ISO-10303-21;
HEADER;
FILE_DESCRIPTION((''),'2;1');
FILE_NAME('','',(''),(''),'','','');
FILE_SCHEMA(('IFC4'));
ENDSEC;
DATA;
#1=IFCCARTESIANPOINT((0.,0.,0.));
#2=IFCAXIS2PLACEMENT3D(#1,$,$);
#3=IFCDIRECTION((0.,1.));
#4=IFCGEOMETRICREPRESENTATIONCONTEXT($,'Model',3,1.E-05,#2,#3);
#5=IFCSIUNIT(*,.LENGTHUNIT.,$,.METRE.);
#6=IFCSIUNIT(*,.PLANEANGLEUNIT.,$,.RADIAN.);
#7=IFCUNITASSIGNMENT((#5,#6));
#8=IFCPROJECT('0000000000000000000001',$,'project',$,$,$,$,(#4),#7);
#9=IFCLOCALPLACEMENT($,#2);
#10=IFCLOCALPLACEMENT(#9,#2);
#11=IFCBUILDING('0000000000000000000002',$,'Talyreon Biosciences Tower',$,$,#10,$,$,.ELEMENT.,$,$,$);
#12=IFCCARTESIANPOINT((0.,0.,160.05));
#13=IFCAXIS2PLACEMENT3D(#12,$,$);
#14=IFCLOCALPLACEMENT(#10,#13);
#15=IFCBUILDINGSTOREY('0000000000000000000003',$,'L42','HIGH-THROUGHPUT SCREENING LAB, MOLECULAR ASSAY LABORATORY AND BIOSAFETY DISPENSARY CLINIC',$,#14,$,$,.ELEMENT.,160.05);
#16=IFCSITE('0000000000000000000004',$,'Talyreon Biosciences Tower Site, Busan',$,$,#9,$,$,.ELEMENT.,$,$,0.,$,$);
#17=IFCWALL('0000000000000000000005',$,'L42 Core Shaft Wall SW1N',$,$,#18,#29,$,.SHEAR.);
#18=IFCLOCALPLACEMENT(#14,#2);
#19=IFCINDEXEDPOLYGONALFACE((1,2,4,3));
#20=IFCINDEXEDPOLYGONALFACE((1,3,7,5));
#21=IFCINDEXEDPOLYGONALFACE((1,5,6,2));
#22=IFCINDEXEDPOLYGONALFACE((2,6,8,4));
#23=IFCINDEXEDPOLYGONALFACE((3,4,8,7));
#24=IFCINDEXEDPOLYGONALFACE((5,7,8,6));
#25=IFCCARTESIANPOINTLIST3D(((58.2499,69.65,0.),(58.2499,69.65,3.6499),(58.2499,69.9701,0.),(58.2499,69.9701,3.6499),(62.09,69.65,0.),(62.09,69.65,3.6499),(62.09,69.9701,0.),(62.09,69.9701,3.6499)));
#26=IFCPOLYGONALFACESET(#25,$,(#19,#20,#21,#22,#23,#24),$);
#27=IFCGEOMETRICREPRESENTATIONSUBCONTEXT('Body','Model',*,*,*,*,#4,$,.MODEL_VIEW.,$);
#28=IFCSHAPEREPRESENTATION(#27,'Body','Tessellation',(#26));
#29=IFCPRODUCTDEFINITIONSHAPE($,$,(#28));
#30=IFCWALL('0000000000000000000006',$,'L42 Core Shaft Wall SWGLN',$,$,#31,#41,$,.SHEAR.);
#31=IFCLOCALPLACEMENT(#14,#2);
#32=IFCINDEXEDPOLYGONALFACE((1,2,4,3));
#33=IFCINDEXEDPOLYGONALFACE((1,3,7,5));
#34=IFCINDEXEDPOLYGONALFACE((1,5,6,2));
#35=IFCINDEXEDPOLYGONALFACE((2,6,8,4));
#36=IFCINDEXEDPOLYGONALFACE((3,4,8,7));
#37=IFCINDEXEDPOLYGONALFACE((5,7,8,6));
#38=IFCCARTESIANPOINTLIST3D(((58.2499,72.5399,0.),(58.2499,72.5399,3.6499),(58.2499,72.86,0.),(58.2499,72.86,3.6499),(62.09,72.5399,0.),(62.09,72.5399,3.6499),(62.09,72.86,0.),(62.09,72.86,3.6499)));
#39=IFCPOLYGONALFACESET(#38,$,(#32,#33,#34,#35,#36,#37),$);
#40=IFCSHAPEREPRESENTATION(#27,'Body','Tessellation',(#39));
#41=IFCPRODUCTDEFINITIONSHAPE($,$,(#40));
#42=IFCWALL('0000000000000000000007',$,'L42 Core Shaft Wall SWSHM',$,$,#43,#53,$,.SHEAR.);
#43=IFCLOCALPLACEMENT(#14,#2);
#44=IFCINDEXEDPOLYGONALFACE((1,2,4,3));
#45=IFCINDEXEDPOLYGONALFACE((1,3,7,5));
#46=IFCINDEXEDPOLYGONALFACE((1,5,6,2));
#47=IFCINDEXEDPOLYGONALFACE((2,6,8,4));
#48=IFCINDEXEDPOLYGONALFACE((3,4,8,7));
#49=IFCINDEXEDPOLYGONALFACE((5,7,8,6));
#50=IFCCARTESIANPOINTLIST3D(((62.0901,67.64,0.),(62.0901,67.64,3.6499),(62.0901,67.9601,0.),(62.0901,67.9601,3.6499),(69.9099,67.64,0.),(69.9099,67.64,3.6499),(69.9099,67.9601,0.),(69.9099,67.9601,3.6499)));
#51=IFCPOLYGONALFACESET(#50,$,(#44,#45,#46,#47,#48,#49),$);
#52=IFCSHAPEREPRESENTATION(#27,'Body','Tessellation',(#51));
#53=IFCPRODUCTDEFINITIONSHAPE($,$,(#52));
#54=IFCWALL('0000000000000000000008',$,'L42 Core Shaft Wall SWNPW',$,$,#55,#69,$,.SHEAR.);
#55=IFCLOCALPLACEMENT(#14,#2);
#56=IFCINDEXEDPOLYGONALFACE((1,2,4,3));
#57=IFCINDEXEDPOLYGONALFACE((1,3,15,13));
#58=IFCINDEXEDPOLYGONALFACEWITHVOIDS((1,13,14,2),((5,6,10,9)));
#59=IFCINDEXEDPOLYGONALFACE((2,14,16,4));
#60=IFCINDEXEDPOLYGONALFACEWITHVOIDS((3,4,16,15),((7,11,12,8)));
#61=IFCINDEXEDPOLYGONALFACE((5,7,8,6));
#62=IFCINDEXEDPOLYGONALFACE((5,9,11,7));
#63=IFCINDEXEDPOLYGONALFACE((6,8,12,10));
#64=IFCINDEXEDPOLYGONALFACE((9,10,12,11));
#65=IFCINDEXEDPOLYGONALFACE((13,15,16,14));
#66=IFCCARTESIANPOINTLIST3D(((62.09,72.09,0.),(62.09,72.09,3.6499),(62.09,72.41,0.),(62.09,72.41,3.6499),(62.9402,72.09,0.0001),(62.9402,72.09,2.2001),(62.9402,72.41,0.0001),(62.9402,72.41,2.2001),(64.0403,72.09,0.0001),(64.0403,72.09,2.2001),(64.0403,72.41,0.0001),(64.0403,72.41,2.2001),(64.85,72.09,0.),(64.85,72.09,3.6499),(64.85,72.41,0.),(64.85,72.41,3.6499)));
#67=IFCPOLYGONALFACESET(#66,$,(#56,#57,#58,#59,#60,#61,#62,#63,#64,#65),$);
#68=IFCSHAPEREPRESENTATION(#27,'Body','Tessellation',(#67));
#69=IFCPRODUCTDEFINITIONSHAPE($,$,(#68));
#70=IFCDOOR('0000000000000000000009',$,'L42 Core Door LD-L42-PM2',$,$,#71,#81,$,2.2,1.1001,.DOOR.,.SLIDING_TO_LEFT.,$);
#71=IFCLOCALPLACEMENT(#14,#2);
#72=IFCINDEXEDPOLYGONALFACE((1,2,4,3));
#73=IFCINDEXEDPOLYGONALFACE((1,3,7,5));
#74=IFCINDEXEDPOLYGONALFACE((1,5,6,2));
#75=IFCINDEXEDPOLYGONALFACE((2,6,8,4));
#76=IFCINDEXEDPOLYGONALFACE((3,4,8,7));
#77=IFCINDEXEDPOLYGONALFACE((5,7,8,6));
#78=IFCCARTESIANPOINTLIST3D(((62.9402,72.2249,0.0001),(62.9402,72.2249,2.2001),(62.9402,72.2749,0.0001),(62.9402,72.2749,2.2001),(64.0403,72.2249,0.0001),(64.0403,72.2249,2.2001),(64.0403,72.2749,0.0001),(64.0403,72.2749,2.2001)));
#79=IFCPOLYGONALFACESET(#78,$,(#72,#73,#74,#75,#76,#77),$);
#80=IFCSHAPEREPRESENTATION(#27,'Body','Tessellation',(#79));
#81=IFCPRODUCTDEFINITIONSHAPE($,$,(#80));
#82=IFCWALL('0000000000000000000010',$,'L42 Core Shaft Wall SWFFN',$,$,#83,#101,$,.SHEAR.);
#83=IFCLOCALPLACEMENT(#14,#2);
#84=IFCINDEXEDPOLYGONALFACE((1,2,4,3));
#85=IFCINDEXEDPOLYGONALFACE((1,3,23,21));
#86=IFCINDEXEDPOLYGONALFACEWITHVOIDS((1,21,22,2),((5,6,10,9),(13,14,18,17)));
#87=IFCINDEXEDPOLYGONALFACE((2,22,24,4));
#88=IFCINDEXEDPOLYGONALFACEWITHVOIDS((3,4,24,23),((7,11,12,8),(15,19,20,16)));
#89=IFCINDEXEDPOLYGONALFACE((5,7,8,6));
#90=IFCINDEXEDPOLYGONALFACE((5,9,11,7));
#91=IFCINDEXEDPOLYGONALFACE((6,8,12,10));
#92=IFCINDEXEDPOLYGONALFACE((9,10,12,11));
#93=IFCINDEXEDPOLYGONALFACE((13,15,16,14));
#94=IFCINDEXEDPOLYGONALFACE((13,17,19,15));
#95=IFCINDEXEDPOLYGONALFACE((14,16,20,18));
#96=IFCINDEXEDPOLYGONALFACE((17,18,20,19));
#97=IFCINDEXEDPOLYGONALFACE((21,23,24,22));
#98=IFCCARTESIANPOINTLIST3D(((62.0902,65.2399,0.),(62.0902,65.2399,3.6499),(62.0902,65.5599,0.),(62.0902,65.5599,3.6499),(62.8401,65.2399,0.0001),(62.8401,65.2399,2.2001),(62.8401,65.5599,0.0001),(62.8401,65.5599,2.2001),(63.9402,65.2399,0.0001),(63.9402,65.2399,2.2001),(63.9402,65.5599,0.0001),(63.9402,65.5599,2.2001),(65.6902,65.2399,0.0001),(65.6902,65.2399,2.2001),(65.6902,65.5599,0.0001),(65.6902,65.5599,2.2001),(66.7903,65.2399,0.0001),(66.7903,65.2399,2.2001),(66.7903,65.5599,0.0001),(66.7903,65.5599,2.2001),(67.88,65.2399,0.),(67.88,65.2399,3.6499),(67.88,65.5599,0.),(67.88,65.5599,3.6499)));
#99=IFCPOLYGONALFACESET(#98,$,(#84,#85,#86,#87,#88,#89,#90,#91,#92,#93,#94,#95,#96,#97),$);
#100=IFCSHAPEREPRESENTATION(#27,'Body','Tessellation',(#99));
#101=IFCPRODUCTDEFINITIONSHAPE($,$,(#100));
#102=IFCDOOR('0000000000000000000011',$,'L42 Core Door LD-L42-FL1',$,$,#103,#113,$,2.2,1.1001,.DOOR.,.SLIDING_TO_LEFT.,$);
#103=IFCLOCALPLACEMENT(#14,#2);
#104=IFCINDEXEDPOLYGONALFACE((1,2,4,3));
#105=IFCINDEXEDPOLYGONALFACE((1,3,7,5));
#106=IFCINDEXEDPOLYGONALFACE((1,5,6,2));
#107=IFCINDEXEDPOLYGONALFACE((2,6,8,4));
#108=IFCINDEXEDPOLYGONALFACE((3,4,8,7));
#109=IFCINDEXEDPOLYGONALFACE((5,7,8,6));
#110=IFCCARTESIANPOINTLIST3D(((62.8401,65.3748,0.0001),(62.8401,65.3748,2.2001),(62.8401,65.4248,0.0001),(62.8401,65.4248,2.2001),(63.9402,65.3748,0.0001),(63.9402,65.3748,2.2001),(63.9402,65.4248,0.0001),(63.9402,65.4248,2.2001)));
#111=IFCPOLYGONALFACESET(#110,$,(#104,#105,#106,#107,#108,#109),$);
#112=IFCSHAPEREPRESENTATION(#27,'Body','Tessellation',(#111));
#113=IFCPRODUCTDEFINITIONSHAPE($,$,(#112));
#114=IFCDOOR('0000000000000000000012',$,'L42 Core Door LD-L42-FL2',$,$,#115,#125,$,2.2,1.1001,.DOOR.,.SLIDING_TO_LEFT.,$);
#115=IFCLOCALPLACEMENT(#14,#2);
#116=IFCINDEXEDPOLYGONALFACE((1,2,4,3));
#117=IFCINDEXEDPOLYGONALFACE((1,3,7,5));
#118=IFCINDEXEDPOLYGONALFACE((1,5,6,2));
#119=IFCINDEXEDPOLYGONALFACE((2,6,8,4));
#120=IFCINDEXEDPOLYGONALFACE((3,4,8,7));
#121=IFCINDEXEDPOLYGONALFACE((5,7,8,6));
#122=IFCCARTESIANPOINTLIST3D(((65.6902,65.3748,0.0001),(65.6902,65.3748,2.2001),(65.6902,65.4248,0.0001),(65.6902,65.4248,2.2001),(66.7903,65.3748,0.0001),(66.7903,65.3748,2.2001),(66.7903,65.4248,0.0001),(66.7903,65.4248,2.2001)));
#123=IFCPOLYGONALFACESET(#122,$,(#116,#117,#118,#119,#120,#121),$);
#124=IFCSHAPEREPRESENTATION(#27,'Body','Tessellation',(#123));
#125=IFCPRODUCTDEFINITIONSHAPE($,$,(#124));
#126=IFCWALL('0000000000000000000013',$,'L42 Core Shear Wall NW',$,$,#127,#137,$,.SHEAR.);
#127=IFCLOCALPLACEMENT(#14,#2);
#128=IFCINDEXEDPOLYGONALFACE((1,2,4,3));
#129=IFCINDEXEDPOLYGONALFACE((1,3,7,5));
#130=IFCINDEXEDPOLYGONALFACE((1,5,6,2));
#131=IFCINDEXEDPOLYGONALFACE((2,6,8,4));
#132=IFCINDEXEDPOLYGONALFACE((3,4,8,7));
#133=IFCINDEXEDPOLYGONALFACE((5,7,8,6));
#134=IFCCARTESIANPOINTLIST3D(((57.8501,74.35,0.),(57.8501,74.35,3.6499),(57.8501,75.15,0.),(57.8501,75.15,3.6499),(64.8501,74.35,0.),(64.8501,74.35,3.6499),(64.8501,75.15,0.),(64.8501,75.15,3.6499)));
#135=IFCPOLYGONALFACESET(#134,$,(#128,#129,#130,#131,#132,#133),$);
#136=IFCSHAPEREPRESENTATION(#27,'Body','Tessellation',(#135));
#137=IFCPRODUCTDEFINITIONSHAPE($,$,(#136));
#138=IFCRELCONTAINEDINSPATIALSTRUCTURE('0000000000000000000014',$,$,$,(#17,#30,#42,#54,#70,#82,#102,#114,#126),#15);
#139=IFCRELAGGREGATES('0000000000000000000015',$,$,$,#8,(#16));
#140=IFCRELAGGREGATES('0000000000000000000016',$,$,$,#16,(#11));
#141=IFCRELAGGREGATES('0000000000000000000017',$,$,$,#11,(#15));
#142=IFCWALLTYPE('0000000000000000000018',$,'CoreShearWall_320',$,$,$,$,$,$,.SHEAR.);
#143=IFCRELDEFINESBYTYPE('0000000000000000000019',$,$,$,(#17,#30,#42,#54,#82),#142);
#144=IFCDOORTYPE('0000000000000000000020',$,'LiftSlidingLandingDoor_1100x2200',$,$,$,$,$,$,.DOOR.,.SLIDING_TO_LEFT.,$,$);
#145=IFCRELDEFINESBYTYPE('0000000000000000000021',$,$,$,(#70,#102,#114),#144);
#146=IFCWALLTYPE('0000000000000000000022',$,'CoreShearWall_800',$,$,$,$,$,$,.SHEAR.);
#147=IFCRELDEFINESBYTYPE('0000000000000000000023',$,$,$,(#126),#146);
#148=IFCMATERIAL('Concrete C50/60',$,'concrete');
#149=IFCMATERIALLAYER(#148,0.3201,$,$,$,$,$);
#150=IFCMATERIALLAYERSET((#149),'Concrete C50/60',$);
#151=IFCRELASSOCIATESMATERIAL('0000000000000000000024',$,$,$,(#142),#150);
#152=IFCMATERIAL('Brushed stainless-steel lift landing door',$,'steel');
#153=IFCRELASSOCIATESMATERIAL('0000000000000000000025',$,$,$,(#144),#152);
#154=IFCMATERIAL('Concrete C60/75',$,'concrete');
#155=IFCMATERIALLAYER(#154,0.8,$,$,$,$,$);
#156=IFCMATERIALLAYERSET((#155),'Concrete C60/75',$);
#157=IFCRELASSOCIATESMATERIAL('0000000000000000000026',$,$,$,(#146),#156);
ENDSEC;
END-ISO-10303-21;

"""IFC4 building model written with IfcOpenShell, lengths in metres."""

from ifc_helpers import new_model, si_unit, direction, frame, frame_2d, origin, place, context, subcontext, project, spatial, rectangle, extrude, material, layer, layer_set, type_object, element, fill, save


model = new_model("IFC4")

# Units and contexts
model_context = context("Model", 3, precision=1e-05, world=origin(), true_north=direction((0.0, 1.0)))
body_context = subcontext(model_context, "Body", "Model", "MODEL_VIEW")
ifc_project = project(units=[si_unit("LENGTHUNIT", "METRE"), si_unit("PLANEANGLEUNIT", "RADIAN")], contexts=[model_context])

# Site, building, storey
site_placement = place(None, origin())
site = spatial("IfcSite", under=ifc_project, at=site_placement, Name="Talyreon Biosciences Tower Site, Busan", CompositionType="ELEMENT", RefElevation=0.0)
building_placement = place(site_placement, origin())
building = spatial("IfcBuilding", under=site, at=building_placement, Name="Talyreon Biosciences Tower", CompositionType="ELEMENT")
storey_placement = place(building_placement, frame((0.0, 0.0, 160.05)))
storey = spatial("IfcBuildingStorey", under=building, at=storey_placement, Name="L42", Description="HIGH-THROUGHPUT SCREENING LAB, MOLECULAR ASSAY LABORATORY AND BIOSAFETY DISPENSARY CLINIC", CompositionType="ELEMENT", Elevation=160.05)

# Shared definitions
ifc_material_1 = material(Name="Concrete C50/60", Category="concrete")

# Shared definitions
ifc_material_2 = material(Name="Concrete C60/75", Category="concrete")

# Walls
ifc_layer_1 = layer(ifc_material_1, 0.3201)
ifc_layer_set_1 = layer_set([ifc_layer_1], Name="Concrete C50/60")
wall_type_1 = type_object("IfcWallType", Name="CoreShearWall_320", PredefinedType="SHEAR", material=ifc_layer_set_1)
for number, where, z_axis, x_axis, name in (
    (1, (58.25, 69.8101, 0.0), (0.0, 0.0, 1.0), (1.0, 0.0, 0.0), "L42 Core Shaft Wall SW1N"),
    (2, (58.25, 72.7, 0.0), (0.0, 0.0, 1.0), (1.0, 0.0, 0.0), "L42 Core Shaft Wall SWGLN"),
):
    element("IfcWall", number, at=place(storey_placement, frame(where, z_axis=z_axis, x_axis=x_axis)), inside=storey, type_object=wall_type_1, Name=name, PredefinedType="SHEAR", context=body_context, shape_type="SweptSolid", body=[
        extrude(rectangle(XDim=3.8401, YDim=0.3201, at=frame_2d((1.9199, 0.0))), origin(), (0.0, 0.0, 1.0), 3.6499),
    ])
wall_1_placement = place(storey_placement, frame((62.0901, 67.8, 0.0), z_axis=(0.0, 0.0, 1.0), x_axis=(1.0, 0.0, 0.0)))
element("IfcWall", 3, at=wall_1_placement, inside=storey, type_object=wall_type_1, Name="L42 Core Shaft Wall SWSHM", PredefinedType="SHEAR", context=body_context, shape_type="SweptSolid", body=[
    extrude(rectangle(XDim=7.8198, YDim=0.3201, at=frame_2d((3.9099, 0.0))), origin(), (0.0, 0.0, 1.0), 3.6499),
])

# Shared definitions
ifc_material_3 = material(Name="Brushed stainless-steel lift landing door", Category="steel")
door_type_1 = type_object("IfcDoorType", Name="LiftSlidingLandingDoor_1100x2200", OperationType="SLIDING_TO_LEFT", PredefinedType="DOOR", material=ifc_material_3)

# Wall, opening, door
wall_2_placement = place(storey_placement, frame((62.0901, 72.25, 0.0), z_axis=(0.0, 0.0, 1.0), x_axis=(1.0, 0.0, 0.0)))
wall_2 = element("IfcWall", 4, at=wall_2_placement, inside=storey, type_object=wall_type_1, Name="L42 Core Shaft Wall SWNPW", PredefinedType="SHEAR", context=body_context, shape_type="SweptSolid", body=[
    extrude(rectangle(XDim=2.76, YDim=0.3201, at=frame_2d((1.3799, 0.0))), origin(), (0.0, 0.0, 1.0), 3.6499),
])
opening_1_placement = place(wall_2_placement, frame((0.8501, 0.0, 0.0)))
opening_1 = element("IfcOpeningElement", 5, at=opening_1_placement, cuts=wall_2, PredefinedType="OPENING", context=body_context, shape_type="SweptSolid", body=[
    extrude(rectangle(XDim=1.1001, YDim=2.2, at=frame_2d((0.55, 1.1001))), frame((0.0, 0.1699, 0.0), z_axis=(0.0, -1.0, 0.0), x_axis=(1.0, 0.0, 0.0)), (0.0, 0.0, 1.0), 0.3401),
])
door_1_placement = place(opening_1_placement, origin())
door_1 = element("IfcDoor", 6, at=door_1_placement, inside=storey, type_object=door_type_1, Name="L42 Core Door LD-L42-PM2", OperationType="SLIDING_TO_LEFT", OverallHeight=2.2, OverallWidth=1.1001, PredefinedType="DOOR", context=body_context, shape_type="SweptSolid", body=[
    extrude(rectangle(XDim=1.1001, YDim=2.2, at=frame_2d((0.55, 1.1001))), frame((0.0, 0.0249, 0.0), z_axis=(0.0, -1.0, 0.0), x_axis=(1.0, 0.0, 0.0)), (0.0, 0.0, 1.0), 0.05),
])
fill(opening_1, door_1)

# Wall, openings, doors
wall_3_placement = place(storey_placement, frame((62.0901, 65.3999, 0.0), z_axis=(0.0, 0.0, 1.0), x_axis=(1.0, 0.0, 0.0)))
wall_3 = element("IfcWall", 7, at=wall_3_placement, inside=storey, type_object=wall_type_1, Name="L42 Core Shaft Wall SWFFN", PredefinedType="SHEAR", context=body_context, shape_type="SweptSolid", body=[
    extrude(rectangle(XDim=5.7898, YDim=0.3201, at=frame_2d((2.895, 0.0))), origin(), (0.0, 0.0, 1.0), 3.6499),
])
opening_2_placement = place(wall_3_placement, frame((0.75, 0.0, 0.0)))
opening_2 = element("IfcOpeningElement", 8, at=opening_2_placement, cuts=wall_3, PredefinedType="OPENING", context=body_context, shape_type="SweptSolid", body=[
    extrude(rectangle(XDim=1.1001, YDim=2.2, at=frame_2d((0.55, 1.1001))), frame((0.0, 0.1699, 0.0), z_axis=(0.0, -1.0, 0.0), x_axis=(1.0, 0.0, 0.0)), (0.0, 0.0, 1.0), 0.3401),
])
opening_3_placement = place(wall_3_placement, frame((3.6001, 0.0, 0.0)))
opening_3 = element("IfcOpeningElement", 9, at=opening_3_placement, cuts=wall_3, PredefinedType="OPENING", context=body_context, shape_type="SweptSolid", body=[
    extrude(rectangle(XDim=1.1001, YDim=2.2, at=frame_2d((0.55, 1.1001))), frame((0.0, 0.1699, 0.0), z_axis=(0.0, -1.0, 0.0), x_axis=(1.0, 0.0, 0.0)), (0.0, 0.0, 1.0), 0.3401),
])
door_2_placement = place(opening_2_placement, origin())
door_2 = element("IfcDoor", 10, at=door_2_placement, inside=storey, type_object=door_type_1, Name="L42 Core Door LD-L42-FL1", OperationType="SLIDING_TO_LEFT", OverallHeight=2.2, OverallWidth=1.1001, PredefinedType="DOOR", context=body_context, shape_type="SweptSolid", body=[
    extrude(rectangle(XDim=1.1001, YDim=2.2, at=frame_2d((0.55, 1.1001))), frame((0.0, 0.0249, 0.0), z_axis=(0.0, -1.0, 0.0), x_axis=(1.0, 0.0, 0.0)), (0.0, 0.0, 1.0), 0.05),
])
fill(opening_2, door_2)
door_3_placement = place(opening_3_placement, origin())
door_3 = element("IfcDoor", 11, at=door_3_placement, inside=storey, type_object=door_type_1, Name="L42 Core Door LD-L42-FL2", OperationType="SLIDING_TO_LEFT", OverallHeight=2.2, OverallWidth=1.1001, PredefinedType="DOOR", context=body_context, shape_type="SweptSolid", body=[
    extrude(rectangle(XDim=1.1001, YDim=2.2, at=frame_2d((0.55, 1.1001))), frame((0.0, 0.0249, 0.0), z_axis=(0.0, -1.0, 0.0), x_axis=(1.0, 0.0, 0.0)), (0.0, 0.0, 1.0), 0.05),
])
fill(opening_3, door_3)

# Wall
ifc_layer_2 = layer(ifc_material_2, 0.8)
ifc_layer_set_2 = layer_set([ifc_layer_2], Name="Concrete C60/75")
wall_type_2 = type_object("IfcWallType", Name="CoreShearWall_800", PredefinedType="SHEAR", material=ifc_layer_set_2)
wall_4_placement = place(storey_placement, frame((64.8501, 74.75, 0.0), z_axis=(0.0, 0.0, 1.0), x_axis=(-1.0, 0.0, 0.0)))
element("IfcWall", 12, at=wall_4_placement, inside=storey, type_object=wall_type_2, Name="L42 Core Shear Wall NW", PredefinedType="SHEAR", context=body_context, shape_type="SweptSolid", body=[
    extrude(rectangle(XDim=7.0, YDim=0.8, at=frame_2d((3.5, 0.0))), origin(), (0.0, 0.0, 1.0), 3.6499),
])

save(model, "model.ifc")
